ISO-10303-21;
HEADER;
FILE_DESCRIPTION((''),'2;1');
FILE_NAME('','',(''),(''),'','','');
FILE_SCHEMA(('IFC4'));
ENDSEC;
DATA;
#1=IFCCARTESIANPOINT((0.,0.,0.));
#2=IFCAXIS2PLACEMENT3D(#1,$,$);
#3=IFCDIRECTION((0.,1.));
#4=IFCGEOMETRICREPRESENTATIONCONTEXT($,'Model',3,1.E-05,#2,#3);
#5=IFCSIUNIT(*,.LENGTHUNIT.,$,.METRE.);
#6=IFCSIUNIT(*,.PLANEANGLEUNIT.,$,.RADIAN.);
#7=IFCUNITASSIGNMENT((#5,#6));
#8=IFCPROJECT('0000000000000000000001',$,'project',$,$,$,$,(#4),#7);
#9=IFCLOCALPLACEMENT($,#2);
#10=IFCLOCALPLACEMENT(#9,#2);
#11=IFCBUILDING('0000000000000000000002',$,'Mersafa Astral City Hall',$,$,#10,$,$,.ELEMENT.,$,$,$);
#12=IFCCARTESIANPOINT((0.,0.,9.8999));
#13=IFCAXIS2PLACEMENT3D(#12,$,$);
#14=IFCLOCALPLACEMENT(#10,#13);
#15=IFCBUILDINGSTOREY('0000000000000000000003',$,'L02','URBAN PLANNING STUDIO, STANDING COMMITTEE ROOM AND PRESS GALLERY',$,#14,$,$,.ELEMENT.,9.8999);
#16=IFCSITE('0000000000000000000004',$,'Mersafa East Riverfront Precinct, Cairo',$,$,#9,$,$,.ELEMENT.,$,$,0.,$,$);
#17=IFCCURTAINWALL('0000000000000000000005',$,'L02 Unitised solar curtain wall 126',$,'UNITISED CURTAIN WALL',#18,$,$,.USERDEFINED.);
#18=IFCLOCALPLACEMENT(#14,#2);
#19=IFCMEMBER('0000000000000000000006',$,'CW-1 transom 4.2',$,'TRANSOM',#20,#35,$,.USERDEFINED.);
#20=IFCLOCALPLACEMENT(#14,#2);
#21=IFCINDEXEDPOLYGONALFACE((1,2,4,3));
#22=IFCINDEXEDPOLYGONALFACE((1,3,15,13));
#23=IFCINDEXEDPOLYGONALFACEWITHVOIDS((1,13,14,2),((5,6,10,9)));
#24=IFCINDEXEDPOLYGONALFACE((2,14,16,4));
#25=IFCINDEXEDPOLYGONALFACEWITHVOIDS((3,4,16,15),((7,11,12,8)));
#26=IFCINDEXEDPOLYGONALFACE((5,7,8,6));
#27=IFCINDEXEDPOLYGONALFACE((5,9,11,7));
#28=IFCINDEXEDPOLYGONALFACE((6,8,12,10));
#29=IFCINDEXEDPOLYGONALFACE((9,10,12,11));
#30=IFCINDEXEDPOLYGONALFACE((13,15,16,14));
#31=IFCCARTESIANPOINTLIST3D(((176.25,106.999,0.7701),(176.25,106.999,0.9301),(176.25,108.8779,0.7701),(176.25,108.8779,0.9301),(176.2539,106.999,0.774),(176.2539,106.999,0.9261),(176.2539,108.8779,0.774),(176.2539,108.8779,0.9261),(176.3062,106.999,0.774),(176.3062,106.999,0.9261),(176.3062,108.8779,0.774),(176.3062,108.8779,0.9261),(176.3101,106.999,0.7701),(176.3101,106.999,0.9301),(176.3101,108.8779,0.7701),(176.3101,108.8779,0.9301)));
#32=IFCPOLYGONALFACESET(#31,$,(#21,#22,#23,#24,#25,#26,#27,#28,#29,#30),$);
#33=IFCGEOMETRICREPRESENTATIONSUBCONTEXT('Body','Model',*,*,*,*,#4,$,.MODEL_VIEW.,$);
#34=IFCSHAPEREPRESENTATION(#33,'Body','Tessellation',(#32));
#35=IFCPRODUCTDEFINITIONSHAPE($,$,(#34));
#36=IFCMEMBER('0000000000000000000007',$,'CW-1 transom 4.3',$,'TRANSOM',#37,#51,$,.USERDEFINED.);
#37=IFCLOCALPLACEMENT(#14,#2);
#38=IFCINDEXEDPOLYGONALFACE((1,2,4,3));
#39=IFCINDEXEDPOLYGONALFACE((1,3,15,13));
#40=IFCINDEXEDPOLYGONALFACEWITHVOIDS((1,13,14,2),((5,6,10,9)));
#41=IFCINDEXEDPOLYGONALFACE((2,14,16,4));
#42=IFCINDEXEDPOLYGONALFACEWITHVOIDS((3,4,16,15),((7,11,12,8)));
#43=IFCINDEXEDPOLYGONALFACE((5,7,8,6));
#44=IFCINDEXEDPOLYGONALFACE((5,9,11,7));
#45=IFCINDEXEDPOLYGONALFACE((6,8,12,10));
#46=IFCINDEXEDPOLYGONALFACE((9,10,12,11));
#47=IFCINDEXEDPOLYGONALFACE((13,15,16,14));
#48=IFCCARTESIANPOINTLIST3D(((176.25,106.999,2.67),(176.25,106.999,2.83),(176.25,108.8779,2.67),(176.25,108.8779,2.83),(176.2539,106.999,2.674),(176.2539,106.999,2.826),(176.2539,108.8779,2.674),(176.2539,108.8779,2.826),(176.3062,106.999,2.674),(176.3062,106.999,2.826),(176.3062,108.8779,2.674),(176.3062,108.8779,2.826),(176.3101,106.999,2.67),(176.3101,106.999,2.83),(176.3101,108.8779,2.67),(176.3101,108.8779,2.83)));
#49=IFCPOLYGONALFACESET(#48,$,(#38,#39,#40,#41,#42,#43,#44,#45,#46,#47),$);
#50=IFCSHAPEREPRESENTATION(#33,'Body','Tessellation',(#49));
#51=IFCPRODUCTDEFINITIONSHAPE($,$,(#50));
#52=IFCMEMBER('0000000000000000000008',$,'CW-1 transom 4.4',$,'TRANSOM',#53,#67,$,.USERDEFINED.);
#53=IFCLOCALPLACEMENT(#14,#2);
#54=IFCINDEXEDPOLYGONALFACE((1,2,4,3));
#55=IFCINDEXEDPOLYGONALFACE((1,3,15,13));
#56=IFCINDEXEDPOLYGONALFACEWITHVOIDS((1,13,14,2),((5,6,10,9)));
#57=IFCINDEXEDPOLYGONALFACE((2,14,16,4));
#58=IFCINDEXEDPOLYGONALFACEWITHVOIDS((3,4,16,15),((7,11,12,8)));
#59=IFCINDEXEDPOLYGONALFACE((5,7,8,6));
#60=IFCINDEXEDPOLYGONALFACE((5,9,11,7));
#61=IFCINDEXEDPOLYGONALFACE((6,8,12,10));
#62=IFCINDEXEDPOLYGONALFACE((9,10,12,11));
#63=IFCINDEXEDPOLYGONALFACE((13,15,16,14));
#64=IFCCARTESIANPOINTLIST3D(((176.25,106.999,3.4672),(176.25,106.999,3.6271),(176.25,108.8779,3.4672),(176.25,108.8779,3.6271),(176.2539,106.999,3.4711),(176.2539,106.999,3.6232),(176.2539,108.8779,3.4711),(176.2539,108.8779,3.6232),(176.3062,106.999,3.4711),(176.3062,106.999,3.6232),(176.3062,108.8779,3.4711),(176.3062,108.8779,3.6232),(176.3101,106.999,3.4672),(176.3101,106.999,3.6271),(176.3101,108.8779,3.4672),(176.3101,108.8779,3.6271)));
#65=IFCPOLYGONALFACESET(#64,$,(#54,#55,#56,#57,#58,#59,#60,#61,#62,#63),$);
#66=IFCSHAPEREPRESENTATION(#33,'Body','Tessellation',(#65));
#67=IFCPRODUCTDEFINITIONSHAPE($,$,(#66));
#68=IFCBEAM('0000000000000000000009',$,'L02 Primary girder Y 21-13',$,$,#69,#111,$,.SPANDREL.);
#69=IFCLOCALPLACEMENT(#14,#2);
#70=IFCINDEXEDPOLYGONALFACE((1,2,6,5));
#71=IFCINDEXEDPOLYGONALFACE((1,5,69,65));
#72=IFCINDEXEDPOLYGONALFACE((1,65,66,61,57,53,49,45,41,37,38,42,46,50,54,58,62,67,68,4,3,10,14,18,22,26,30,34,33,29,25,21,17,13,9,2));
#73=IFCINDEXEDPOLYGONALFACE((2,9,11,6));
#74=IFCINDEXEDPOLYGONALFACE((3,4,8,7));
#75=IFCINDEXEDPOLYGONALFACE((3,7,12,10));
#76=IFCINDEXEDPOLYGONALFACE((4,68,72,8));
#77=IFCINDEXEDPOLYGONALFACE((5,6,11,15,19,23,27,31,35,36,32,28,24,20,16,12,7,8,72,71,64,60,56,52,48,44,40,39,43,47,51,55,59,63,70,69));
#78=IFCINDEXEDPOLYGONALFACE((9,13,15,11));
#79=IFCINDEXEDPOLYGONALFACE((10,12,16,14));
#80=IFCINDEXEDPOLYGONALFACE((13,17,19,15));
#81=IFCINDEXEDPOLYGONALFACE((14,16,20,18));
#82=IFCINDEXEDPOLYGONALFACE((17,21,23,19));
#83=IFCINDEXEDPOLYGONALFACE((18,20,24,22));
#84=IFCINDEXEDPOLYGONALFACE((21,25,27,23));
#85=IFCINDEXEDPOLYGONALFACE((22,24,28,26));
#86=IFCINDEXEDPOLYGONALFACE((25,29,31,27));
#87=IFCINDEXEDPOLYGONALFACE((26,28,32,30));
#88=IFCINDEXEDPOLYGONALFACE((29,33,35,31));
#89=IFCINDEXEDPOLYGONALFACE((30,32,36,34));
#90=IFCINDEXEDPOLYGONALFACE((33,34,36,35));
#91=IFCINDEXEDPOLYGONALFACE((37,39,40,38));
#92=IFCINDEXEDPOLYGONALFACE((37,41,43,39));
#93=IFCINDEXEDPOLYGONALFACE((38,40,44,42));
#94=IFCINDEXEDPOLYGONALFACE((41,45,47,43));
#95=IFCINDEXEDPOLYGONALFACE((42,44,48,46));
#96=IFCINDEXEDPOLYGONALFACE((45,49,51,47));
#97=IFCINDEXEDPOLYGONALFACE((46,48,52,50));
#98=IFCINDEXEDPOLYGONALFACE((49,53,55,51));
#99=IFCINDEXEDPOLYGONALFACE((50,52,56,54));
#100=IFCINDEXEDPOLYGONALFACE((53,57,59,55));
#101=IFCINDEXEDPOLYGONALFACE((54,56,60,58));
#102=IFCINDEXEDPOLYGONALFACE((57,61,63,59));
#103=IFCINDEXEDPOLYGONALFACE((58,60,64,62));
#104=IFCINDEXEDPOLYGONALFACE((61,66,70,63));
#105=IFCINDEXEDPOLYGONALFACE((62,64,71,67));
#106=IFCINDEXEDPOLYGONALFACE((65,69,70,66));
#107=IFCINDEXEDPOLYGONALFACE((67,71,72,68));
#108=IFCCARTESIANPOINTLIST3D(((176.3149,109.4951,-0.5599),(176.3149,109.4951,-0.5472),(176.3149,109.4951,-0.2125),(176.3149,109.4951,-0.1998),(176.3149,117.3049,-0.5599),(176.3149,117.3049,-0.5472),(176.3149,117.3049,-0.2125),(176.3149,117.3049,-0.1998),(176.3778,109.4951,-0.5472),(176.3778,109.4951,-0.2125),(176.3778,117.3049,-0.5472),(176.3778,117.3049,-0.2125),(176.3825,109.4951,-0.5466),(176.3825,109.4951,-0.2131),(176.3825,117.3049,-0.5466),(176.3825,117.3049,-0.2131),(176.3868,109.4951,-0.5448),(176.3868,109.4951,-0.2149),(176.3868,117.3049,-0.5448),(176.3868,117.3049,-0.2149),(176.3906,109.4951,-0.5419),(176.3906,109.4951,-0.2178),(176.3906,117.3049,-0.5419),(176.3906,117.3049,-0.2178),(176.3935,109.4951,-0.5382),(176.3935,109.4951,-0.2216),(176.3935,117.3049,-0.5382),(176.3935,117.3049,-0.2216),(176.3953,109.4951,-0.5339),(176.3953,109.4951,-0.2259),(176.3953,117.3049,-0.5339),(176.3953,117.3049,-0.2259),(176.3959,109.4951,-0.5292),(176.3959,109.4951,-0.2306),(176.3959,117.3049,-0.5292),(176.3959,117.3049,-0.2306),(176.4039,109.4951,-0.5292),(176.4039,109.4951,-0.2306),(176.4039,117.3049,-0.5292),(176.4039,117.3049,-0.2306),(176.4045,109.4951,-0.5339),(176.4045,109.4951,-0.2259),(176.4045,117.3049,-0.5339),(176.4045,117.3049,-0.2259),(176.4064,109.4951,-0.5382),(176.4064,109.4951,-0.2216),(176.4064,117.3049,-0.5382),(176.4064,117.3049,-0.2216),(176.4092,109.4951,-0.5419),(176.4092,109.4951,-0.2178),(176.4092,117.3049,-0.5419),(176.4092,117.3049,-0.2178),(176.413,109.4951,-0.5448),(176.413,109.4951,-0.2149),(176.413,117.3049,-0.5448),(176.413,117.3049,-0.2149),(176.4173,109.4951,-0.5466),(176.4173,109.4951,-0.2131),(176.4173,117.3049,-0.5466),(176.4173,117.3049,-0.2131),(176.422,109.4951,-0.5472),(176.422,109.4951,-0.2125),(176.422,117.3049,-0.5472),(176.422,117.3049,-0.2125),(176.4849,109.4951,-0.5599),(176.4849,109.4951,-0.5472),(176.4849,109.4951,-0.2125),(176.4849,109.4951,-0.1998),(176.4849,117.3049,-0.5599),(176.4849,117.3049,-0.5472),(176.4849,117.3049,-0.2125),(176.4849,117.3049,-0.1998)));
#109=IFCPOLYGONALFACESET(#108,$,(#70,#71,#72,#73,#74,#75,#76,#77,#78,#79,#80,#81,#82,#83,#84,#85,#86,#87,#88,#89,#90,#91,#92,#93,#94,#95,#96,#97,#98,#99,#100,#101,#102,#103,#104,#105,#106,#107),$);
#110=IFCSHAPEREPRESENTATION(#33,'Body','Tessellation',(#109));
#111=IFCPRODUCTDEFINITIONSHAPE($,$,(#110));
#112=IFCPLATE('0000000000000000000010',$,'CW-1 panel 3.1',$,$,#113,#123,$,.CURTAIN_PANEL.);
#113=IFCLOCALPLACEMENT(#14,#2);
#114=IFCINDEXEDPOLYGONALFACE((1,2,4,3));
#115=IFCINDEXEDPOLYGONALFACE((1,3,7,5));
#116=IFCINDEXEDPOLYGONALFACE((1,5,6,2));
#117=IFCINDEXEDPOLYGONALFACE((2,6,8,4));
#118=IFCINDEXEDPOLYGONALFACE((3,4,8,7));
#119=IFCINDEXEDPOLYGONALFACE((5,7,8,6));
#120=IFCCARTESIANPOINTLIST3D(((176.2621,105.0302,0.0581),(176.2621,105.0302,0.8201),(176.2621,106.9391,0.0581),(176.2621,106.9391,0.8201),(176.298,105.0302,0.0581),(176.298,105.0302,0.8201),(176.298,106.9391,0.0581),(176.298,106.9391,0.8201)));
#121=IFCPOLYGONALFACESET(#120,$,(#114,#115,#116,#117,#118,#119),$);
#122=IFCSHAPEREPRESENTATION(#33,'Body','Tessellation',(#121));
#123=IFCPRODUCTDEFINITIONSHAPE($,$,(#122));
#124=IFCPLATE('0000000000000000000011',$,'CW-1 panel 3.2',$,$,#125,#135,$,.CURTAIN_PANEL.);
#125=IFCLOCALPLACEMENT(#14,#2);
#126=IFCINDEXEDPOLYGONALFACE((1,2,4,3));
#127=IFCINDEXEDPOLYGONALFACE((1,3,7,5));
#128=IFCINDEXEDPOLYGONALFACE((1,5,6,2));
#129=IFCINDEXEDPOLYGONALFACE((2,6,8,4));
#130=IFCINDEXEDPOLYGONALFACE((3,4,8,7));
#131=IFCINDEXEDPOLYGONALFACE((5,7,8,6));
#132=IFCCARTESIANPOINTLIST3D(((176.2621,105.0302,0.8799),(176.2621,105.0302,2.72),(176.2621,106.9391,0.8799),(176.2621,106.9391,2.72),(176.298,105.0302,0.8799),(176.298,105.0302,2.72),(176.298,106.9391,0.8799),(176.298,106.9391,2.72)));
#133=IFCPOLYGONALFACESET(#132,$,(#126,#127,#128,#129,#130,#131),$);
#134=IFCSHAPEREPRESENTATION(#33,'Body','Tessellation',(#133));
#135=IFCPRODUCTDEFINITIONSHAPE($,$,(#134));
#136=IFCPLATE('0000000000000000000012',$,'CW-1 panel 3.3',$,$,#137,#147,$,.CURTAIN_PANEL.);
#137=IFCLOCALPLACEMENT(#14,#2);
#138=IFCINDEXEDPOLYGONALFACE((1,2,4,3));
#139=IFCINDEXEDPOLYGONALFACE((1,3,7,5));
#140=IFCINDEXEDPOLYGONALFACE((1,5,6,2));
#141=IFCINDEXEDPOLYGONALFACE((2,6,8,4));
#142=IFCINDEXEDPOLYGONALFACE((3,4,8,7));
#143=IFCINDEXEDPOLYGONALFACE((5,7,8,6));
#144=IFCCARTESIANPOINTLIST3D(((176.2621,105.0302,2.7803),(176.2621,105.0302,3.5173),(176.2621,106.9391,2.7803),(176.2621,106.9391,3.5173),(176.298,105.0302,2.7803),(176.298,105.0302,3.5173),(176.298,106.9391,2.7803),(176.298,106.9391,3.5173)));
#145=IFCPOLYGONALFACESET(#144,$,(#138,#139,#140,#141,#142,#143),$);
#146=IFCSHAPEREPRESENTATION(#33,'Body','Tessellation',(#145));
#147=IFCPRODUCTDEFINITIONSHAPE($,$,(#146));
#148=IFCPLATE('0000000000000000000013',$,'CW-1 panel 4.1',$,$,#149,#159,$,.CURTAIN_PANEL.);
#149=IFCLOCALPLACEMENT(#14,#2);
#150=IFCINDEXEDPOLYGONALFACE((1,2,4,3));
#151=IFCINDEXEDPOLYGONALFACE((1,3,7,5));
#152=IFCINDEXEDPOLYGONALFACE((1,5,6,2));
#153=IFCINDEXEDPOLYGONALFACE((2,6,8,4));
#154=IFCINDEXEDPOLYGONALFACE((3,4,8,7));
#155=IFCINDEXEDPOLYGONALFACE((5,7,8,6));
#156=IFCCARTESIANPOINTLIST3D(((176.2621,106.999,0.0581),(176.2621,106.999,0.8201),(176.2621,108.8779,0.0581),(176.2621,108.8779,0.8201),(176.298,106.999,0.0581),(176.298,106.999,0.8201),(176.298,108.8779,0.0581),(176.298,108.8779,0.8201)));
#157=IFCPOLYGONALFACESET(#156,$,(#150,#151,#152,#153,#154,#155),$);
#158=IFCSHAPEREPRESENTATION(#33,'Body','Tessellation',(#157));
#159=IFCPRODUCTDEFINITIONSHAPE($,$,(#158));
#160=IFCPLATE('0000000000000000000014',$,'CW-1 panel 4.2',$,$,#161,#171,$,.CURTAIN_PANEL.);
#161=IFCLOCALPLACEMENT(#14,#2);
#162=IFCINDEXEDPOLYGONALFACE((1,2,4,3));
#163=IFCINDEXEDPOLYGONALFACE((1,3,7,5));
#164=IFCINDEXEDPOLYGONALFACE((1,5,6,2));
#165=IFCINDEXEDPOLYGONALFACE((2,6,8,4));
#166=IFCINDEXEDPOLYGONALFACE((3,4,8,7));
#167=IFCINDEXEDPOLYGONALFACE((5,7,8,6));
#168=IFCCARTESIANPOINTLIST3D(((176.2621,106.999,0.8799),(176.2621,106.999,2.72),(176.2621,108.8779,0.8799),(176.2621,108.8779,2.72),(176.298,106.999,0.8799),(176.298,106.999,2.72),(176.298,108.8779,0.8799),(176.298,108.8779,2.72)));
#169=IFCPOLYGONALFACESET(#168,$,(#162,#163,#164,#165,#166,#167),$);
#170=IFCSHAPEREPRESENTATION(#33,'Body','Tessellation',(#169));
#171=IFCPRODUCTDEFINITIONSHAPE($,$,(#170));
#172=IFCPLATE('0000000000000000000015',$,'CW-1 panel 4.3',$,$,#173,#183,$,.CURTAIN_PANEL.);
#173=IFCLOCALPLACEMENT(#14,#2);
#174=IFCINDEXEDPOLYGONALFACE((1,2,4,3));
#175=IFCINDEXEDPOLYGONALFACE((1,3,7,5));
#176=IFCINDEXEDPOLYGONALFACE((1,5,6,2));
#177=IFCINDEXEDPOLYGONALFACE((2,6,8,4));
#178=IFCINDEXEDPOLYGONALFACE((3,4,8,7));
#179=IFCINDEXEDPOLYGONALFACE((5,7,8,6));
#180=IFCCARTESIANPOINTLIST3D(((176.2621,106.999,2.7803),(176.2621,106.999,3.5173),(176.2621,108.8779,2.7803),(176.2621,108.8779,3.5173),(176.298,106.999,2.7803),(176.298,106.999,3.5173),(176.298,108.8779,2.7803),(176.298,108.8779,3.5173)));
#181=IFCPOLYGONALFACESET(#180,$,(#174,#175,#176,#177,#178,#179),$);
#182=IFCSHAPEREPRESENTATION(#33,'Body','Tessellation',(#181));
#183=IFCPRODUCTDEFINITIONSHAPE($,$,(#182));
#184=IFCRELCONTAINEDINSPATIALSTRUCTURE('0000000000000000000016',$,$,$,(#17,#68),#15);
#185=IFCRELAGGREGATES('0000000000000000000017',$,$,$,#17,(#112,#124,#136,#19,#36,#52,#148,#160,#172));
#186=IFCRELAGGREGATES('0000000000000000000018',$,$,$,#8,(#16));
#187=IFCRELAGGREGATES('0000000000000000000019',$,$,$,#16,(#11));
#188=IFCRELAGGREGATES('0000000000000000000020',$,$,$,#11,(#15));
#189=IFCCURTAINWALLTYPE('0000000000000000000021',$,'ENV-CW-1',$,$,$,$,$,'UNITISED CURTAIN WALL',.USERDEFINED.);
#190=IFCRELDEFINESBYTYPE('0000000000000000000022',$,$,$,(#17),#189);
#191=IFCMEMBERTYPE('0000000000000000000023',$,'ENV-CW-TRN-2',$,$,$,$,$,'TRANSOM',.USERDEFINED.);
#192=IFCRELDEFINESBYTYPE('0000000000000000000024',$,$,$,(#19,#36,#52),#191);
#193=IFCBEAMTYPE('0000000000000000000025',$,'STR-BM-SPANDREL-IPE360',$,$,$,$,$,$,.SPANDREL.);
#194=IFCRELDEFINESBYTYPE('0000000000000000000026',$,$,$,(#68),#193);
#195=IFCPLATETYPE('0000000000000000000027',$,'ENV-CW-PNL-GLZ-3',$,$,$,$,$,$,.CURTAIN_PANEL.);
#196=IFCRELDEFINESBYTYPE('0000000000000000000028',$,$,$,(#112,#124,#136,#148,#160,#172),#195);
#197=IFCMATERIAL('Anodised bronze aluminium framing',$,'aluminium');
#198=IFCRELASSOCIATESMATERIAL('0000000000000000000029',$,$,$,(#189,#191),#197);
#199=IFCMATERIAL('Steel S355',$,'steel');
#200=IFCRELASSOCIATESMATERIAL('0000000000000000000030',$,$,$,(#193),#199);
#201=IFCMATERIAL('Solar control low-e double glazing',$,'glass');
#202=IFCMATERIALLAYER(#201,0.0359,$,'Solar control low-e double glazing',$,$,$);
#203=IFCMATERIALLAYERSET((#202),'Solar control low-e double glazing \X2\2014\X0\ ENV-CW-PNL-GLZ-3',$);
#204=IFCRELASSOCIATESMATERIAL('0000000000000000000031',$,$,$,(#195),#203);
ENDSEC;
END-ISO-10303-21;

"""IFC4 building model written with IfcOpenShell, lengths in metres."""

from ifc_helpers import new_model, si_unit, direction, frame, origin, origin_2d, place, context, subcontext, project, spatial, rectangle, hollow_rectangle, i_section, extrude, material, layer, layer_set, material_profile, profile_set, type_object, element, aggregate, save


model = new_model("IFC4")

# Units and contexts
model_context = context("Model", 3, precision=1e-05, world=origin(), true_north=direction((0.0, 1.0)))
body_context = subcontext(model_context, "Body", "Model", "MODEL_VIEW")
ifc_project = project(units=[si_unit("LENGTHUNIT", "METRE"), si_unit("PLANEANGLEUNIT", "RADIAN")], contexts=[model_context])

# Site, building, storey
site_placement = place(None, origin())
site = spatial("IfcSite", under=ifc_project, at=site_placement, Name="Mersafa East Riverfront Precinct, Cairo", CompositionType="ELEMENT", RefElevation=0.0)
building_placement = place(site_placement, origin())
building = spatial("IfcBuilding", under=site, at=building_placement, Name="Mersafa Astral City Hall", CompositionType="ELEMENT")
storey_placement = place(building_placement, frame((0.0, 0.0, 9.8999)))
storey = spatial("IfcBuildingStorey", under=building, at=storey_placement, Name="L02", Description="URBAN PLANNING STUDIO, STANDING COMMITTEE ROOM AND PRESS GALLERY", CompositionType="ELEMENT", Elevation=9.8999)

# Shared definitions
ifc_material_1 = material(Name="Steel S355", Category="steel")

# Curtain wall, members
ifc_material_2 = material(Name="Anodised bronze aluminium framing", Category="aluminium")
curtain_wall_type = type_object("IfcCurtainWallType", Name="ENV-CW-1", ElementType="UNITISED CURTAIN WALL", PredefinedType="USERDEFINED", material=ifc_material_2)
curtain_wall_placement = place(storey_placement, origin())
curtain_wall = element("IfcCurtainWall", 1, at=curtain_wall_placement, inside=storey, type_object=curtain_wall_type, Name="L02 Unitised solar curtain wall 126", ObjectType="UNITISED CURTAIN WALL", PredefinedType="USERDEFINED")
ifc_material_profile_1 = material_profile(ifc_material_2, hollow_rectangle(XDim=0.0601, YDim=0.1599, WallThickness=0.0039, at=origin_2d()), Name="RHS 60x160x4")
ifc_profile_set_1 = profile_set([ifc_material_profile_1], Name="Anodised bronze aluminium framing")
member_type_1 = type_object("IfcMemberType", Name="ENV-CW-TRN-2", ElementType="TRANSOM", PredefinedType="USERDEFINED", material=ifc_profile_set_1)
member_1_placement = place(storey_placement, frame((176.28, 106.999, 0.8501), z_axis=(0.0, 1.0, 0.0), x_axis=(-1.0, 0.0, 0.0)))
member_1 = element("IfcMember", 2, at=member_1_placement, type_object=member_type_1, Name="CW-1 transom 4.2", ObjectType="TRANSOM", PredefinedType="USERDEFINED", context=body_context, shape_type="SweptSolid", body=[
    extrude(hollow_rectangle(XDim=0.0601, YDim=0.1599, WallThickness=0.0039, at=origin_2d()), origin(), (0.0, 0.0, 1.0), 1.8789),
])
member_2_placement = place(storey_placement, frame((176.28, 106.999, 2.75), z_axis=(0.0, 1.0, 0.0), x_axis=(-1.0, 0.0, 0.0)))
member_2 = element("IfcMember", 3, at=member_2_placement, type_object=member_type_1, Name="CW-1 transom 4.3", ObjectType="TRANSOM", PredefinedType="USERDEFINED", context=body_context, shape_type="SweptSolid", body=[
    extrude(hollow_rectangle(XDim=0.0601, YDim=0.1599, WallThickness=0.0039, at=origin_2d()), origin(), (0.0, 0.0, 1.0), 1.8789),
])
member_3_placement = place(storey_placement, frame((176.28, 106.999, 3.5471), z_axis=(0.0, 1.0, 0.0), x_axis=(-1.0, 0.0, 0.0)))
member_3 = element("IfcMember", 4, at=member_3_placement, type_object=member_type_1, Name="CW-1 transom 4.4", ObjectType="TRANSOM", PredefinedType="USERDEFINED", context=body_context, shape_type="SweptSolid", body=[
    extrude(hollow_rectangle(XDim=0.0601, YDim=0.1599, WallThickness=0.0039, at=origin_2d()), origin(), (0.0, 0.0, 1.0), 1.8789),
])

# Beam
ifc_material_profile_2 = material_profile(ifc_material_1, i_section(OverallWidth=0.1699, OverallDepth=0.3601, WebThickness=0.0081, FlangeThickness=0.0127, FilletRadius=0.0181, at=origin_2d()), Name="IPE 360")
ifc_profile_set_2 = profile_set([ifc_material_profile_2], Name="Steel S355")
beam_type = type_object("IfcBeamType", Name="STR-BM-SPANDREL-IPE360", PredefinedType="SPANDREL", material=ifc_profile_set_2)
beam_placement = place(storey_placement, frame((176.3999, 109.4951, -0.3799), z_axis=(0.0, 1.0, 0.0), x_axis=(-1.0, 0.0, 0.0)))
element("IfcBeam", 5, at=beam_placement, inside=storey, type_object=beam_type, Name="L02 Primary girder Y 21-13", PredefinedType="SPANDREL", context=body_context, shape_type="SweptSolid", body=[
    extrude(i_section(OverallWidth=0.1699, OverallDepth=0.3601, WebThickness=0.0081, FlangeThickness=0.0127, FilletRadius=0.0181, at=origin_2d()), origin(), (0.0, 0.0, 1.0), 7.8098),
])

# Plates
ifc_material_3 = material(Name="Solar control low-e double glazing", Category="glass")
ifc_layer_1 = layer(ifc_material_3, 0.0359, Name="Solar control low-e double glazing")
ifc_layer_set_1 = layer_set([ifc_layer_1], Name="Solar control low-e double glazing — ENV-CW-PNL-GLZ-3")
plate_type = type_object("IfcPlateType", Name="ENV-CW-PNL-GLZ-3", PredefinedType="CURTAIN_PANEL", material=ifc_layer_set_1)
plate_1_placement = place(storey_placement, frame((176.28, 105.9846, 0.0581), z_axis=(0.0, 0.0, 1.0), x_axis=(0.0, 1.0, 0.0)))
plate_1 = element("IfcPlate", 6, at=plate_1_placement, type_object=plate_type, Name="CW-1 panel 3.1", PredefinedType="CURTAIN_PANEL", context=body_context, shape_type="SweptSolid", body=[
    extrude(rectangle(XDim=1.9089, YDim=0.0359, at=origin_2d()), origin(), (0.0, 0.0, 1.0), 0.762),
])
plate_2_placement = place(storey_placement, frame((176.28, 105.9846, 0.8799), z_axis=(0.0, 0.0, 1.0), x_axis=(0.0, 1.0, 0.0)))
plate_2 = element("IfcPlate", 7, at=plate_2_placement, type_object=plate_type, Name="CW-1 panel 3.2", PredefinedType="CURTAIN_PANEL", context=body_context, shape_type="SweptSolid", body=[
    extrude(rectangle(XDim=1.9089, YDim=0.0359, at=origin_2d()), origin(), (0.0, 0.0, 1.0), 1.8401),
])
plate_3_placement = place(storey_placement, frame((176.28, 105.9846, 2.7803), z_axis=(0.0, 0.0, 1.0), x_axis=(0.0, 1.0, 0.0)))
plate_3 = element("IfcPlate", 8, at=plate_3_placement, type_object=plate_type, Name="CW-1 panel 3.3", PredefinedType="CURTAIN_PANEL", context=body_context, shape_type="SweptSolid", body=[
    extrude(rectangle(XDim=1.9089, YDim=0.0359, at=origin_2d()), origin(), (0.0, 0.0, 1.0), 0.7371),
])
plate_4_placement = place(storey_placement, frame((176.28, 107.9385, 0.0581), z_axis=(0.0, 0.0, 1.0), x_axis=(0.0, 1.0, 0.0)))
plate_4 = element("IfcPlate", 9, at=plate_4_placement, type_object=plate_type, Name="CW-1 panel 4.1", PredefinedType="CURTAIN_PANEL", context=body_context, shape_type="SweptSolid", body=[
    extrude(rectangle(XDim=1.8789, YDim=0.0359, at=origin_2d()), origin(), (0.0, 0.0, 1.0), 0.762),
])
plate_5_placement = place(storey_placement, frame((176.28, 107.9385, 0.8799), z_axis=(0.0, 0.0, 1.0), x_axis=(0.0, 1.0, 0.0)))
plate_5 = element("IfcPlate", 10, at=plate_5_placement, type_object=plate_type, Name="CW-1 panel 4.2", PredefinedType="CURTAIN_PANEL", context=body_context, shape_type="SweptSolid", body=[
    extrude(rectangle(XDim=1.8789, YDim=0.0359, at=origin_2d()), origin(), (0.0, 0.0, 1.0), 1.8401),
])
plate_6_placement = place(storey_placement, frame((176.28, 107.9385, 2.7803), z_axis=(0.0, 0.0, 1.0), x_axis=(0.0, 1.0, 0.0)))
plate_6 = element("IfcPlate", 11, at=plate_6_placement, type_object=plate_type, Name="CW-1 panel 4.3", PredefinedType="CURTAIN_PANEL", context=body_context, shape_type="SweptSolid", body=[
    extrude(rectangle(XDim=1.8789, YDim=0.0359, at=origin_2d()), origin(), (0.0, 0.0, 1.0), 0.7371),
])
aggregate(curtain_wall, [plate_1, plate_2, plate_3, member_1, member_2, member_3, plate_4, plate_5, plate_6])

save(model, "model.ifc")
